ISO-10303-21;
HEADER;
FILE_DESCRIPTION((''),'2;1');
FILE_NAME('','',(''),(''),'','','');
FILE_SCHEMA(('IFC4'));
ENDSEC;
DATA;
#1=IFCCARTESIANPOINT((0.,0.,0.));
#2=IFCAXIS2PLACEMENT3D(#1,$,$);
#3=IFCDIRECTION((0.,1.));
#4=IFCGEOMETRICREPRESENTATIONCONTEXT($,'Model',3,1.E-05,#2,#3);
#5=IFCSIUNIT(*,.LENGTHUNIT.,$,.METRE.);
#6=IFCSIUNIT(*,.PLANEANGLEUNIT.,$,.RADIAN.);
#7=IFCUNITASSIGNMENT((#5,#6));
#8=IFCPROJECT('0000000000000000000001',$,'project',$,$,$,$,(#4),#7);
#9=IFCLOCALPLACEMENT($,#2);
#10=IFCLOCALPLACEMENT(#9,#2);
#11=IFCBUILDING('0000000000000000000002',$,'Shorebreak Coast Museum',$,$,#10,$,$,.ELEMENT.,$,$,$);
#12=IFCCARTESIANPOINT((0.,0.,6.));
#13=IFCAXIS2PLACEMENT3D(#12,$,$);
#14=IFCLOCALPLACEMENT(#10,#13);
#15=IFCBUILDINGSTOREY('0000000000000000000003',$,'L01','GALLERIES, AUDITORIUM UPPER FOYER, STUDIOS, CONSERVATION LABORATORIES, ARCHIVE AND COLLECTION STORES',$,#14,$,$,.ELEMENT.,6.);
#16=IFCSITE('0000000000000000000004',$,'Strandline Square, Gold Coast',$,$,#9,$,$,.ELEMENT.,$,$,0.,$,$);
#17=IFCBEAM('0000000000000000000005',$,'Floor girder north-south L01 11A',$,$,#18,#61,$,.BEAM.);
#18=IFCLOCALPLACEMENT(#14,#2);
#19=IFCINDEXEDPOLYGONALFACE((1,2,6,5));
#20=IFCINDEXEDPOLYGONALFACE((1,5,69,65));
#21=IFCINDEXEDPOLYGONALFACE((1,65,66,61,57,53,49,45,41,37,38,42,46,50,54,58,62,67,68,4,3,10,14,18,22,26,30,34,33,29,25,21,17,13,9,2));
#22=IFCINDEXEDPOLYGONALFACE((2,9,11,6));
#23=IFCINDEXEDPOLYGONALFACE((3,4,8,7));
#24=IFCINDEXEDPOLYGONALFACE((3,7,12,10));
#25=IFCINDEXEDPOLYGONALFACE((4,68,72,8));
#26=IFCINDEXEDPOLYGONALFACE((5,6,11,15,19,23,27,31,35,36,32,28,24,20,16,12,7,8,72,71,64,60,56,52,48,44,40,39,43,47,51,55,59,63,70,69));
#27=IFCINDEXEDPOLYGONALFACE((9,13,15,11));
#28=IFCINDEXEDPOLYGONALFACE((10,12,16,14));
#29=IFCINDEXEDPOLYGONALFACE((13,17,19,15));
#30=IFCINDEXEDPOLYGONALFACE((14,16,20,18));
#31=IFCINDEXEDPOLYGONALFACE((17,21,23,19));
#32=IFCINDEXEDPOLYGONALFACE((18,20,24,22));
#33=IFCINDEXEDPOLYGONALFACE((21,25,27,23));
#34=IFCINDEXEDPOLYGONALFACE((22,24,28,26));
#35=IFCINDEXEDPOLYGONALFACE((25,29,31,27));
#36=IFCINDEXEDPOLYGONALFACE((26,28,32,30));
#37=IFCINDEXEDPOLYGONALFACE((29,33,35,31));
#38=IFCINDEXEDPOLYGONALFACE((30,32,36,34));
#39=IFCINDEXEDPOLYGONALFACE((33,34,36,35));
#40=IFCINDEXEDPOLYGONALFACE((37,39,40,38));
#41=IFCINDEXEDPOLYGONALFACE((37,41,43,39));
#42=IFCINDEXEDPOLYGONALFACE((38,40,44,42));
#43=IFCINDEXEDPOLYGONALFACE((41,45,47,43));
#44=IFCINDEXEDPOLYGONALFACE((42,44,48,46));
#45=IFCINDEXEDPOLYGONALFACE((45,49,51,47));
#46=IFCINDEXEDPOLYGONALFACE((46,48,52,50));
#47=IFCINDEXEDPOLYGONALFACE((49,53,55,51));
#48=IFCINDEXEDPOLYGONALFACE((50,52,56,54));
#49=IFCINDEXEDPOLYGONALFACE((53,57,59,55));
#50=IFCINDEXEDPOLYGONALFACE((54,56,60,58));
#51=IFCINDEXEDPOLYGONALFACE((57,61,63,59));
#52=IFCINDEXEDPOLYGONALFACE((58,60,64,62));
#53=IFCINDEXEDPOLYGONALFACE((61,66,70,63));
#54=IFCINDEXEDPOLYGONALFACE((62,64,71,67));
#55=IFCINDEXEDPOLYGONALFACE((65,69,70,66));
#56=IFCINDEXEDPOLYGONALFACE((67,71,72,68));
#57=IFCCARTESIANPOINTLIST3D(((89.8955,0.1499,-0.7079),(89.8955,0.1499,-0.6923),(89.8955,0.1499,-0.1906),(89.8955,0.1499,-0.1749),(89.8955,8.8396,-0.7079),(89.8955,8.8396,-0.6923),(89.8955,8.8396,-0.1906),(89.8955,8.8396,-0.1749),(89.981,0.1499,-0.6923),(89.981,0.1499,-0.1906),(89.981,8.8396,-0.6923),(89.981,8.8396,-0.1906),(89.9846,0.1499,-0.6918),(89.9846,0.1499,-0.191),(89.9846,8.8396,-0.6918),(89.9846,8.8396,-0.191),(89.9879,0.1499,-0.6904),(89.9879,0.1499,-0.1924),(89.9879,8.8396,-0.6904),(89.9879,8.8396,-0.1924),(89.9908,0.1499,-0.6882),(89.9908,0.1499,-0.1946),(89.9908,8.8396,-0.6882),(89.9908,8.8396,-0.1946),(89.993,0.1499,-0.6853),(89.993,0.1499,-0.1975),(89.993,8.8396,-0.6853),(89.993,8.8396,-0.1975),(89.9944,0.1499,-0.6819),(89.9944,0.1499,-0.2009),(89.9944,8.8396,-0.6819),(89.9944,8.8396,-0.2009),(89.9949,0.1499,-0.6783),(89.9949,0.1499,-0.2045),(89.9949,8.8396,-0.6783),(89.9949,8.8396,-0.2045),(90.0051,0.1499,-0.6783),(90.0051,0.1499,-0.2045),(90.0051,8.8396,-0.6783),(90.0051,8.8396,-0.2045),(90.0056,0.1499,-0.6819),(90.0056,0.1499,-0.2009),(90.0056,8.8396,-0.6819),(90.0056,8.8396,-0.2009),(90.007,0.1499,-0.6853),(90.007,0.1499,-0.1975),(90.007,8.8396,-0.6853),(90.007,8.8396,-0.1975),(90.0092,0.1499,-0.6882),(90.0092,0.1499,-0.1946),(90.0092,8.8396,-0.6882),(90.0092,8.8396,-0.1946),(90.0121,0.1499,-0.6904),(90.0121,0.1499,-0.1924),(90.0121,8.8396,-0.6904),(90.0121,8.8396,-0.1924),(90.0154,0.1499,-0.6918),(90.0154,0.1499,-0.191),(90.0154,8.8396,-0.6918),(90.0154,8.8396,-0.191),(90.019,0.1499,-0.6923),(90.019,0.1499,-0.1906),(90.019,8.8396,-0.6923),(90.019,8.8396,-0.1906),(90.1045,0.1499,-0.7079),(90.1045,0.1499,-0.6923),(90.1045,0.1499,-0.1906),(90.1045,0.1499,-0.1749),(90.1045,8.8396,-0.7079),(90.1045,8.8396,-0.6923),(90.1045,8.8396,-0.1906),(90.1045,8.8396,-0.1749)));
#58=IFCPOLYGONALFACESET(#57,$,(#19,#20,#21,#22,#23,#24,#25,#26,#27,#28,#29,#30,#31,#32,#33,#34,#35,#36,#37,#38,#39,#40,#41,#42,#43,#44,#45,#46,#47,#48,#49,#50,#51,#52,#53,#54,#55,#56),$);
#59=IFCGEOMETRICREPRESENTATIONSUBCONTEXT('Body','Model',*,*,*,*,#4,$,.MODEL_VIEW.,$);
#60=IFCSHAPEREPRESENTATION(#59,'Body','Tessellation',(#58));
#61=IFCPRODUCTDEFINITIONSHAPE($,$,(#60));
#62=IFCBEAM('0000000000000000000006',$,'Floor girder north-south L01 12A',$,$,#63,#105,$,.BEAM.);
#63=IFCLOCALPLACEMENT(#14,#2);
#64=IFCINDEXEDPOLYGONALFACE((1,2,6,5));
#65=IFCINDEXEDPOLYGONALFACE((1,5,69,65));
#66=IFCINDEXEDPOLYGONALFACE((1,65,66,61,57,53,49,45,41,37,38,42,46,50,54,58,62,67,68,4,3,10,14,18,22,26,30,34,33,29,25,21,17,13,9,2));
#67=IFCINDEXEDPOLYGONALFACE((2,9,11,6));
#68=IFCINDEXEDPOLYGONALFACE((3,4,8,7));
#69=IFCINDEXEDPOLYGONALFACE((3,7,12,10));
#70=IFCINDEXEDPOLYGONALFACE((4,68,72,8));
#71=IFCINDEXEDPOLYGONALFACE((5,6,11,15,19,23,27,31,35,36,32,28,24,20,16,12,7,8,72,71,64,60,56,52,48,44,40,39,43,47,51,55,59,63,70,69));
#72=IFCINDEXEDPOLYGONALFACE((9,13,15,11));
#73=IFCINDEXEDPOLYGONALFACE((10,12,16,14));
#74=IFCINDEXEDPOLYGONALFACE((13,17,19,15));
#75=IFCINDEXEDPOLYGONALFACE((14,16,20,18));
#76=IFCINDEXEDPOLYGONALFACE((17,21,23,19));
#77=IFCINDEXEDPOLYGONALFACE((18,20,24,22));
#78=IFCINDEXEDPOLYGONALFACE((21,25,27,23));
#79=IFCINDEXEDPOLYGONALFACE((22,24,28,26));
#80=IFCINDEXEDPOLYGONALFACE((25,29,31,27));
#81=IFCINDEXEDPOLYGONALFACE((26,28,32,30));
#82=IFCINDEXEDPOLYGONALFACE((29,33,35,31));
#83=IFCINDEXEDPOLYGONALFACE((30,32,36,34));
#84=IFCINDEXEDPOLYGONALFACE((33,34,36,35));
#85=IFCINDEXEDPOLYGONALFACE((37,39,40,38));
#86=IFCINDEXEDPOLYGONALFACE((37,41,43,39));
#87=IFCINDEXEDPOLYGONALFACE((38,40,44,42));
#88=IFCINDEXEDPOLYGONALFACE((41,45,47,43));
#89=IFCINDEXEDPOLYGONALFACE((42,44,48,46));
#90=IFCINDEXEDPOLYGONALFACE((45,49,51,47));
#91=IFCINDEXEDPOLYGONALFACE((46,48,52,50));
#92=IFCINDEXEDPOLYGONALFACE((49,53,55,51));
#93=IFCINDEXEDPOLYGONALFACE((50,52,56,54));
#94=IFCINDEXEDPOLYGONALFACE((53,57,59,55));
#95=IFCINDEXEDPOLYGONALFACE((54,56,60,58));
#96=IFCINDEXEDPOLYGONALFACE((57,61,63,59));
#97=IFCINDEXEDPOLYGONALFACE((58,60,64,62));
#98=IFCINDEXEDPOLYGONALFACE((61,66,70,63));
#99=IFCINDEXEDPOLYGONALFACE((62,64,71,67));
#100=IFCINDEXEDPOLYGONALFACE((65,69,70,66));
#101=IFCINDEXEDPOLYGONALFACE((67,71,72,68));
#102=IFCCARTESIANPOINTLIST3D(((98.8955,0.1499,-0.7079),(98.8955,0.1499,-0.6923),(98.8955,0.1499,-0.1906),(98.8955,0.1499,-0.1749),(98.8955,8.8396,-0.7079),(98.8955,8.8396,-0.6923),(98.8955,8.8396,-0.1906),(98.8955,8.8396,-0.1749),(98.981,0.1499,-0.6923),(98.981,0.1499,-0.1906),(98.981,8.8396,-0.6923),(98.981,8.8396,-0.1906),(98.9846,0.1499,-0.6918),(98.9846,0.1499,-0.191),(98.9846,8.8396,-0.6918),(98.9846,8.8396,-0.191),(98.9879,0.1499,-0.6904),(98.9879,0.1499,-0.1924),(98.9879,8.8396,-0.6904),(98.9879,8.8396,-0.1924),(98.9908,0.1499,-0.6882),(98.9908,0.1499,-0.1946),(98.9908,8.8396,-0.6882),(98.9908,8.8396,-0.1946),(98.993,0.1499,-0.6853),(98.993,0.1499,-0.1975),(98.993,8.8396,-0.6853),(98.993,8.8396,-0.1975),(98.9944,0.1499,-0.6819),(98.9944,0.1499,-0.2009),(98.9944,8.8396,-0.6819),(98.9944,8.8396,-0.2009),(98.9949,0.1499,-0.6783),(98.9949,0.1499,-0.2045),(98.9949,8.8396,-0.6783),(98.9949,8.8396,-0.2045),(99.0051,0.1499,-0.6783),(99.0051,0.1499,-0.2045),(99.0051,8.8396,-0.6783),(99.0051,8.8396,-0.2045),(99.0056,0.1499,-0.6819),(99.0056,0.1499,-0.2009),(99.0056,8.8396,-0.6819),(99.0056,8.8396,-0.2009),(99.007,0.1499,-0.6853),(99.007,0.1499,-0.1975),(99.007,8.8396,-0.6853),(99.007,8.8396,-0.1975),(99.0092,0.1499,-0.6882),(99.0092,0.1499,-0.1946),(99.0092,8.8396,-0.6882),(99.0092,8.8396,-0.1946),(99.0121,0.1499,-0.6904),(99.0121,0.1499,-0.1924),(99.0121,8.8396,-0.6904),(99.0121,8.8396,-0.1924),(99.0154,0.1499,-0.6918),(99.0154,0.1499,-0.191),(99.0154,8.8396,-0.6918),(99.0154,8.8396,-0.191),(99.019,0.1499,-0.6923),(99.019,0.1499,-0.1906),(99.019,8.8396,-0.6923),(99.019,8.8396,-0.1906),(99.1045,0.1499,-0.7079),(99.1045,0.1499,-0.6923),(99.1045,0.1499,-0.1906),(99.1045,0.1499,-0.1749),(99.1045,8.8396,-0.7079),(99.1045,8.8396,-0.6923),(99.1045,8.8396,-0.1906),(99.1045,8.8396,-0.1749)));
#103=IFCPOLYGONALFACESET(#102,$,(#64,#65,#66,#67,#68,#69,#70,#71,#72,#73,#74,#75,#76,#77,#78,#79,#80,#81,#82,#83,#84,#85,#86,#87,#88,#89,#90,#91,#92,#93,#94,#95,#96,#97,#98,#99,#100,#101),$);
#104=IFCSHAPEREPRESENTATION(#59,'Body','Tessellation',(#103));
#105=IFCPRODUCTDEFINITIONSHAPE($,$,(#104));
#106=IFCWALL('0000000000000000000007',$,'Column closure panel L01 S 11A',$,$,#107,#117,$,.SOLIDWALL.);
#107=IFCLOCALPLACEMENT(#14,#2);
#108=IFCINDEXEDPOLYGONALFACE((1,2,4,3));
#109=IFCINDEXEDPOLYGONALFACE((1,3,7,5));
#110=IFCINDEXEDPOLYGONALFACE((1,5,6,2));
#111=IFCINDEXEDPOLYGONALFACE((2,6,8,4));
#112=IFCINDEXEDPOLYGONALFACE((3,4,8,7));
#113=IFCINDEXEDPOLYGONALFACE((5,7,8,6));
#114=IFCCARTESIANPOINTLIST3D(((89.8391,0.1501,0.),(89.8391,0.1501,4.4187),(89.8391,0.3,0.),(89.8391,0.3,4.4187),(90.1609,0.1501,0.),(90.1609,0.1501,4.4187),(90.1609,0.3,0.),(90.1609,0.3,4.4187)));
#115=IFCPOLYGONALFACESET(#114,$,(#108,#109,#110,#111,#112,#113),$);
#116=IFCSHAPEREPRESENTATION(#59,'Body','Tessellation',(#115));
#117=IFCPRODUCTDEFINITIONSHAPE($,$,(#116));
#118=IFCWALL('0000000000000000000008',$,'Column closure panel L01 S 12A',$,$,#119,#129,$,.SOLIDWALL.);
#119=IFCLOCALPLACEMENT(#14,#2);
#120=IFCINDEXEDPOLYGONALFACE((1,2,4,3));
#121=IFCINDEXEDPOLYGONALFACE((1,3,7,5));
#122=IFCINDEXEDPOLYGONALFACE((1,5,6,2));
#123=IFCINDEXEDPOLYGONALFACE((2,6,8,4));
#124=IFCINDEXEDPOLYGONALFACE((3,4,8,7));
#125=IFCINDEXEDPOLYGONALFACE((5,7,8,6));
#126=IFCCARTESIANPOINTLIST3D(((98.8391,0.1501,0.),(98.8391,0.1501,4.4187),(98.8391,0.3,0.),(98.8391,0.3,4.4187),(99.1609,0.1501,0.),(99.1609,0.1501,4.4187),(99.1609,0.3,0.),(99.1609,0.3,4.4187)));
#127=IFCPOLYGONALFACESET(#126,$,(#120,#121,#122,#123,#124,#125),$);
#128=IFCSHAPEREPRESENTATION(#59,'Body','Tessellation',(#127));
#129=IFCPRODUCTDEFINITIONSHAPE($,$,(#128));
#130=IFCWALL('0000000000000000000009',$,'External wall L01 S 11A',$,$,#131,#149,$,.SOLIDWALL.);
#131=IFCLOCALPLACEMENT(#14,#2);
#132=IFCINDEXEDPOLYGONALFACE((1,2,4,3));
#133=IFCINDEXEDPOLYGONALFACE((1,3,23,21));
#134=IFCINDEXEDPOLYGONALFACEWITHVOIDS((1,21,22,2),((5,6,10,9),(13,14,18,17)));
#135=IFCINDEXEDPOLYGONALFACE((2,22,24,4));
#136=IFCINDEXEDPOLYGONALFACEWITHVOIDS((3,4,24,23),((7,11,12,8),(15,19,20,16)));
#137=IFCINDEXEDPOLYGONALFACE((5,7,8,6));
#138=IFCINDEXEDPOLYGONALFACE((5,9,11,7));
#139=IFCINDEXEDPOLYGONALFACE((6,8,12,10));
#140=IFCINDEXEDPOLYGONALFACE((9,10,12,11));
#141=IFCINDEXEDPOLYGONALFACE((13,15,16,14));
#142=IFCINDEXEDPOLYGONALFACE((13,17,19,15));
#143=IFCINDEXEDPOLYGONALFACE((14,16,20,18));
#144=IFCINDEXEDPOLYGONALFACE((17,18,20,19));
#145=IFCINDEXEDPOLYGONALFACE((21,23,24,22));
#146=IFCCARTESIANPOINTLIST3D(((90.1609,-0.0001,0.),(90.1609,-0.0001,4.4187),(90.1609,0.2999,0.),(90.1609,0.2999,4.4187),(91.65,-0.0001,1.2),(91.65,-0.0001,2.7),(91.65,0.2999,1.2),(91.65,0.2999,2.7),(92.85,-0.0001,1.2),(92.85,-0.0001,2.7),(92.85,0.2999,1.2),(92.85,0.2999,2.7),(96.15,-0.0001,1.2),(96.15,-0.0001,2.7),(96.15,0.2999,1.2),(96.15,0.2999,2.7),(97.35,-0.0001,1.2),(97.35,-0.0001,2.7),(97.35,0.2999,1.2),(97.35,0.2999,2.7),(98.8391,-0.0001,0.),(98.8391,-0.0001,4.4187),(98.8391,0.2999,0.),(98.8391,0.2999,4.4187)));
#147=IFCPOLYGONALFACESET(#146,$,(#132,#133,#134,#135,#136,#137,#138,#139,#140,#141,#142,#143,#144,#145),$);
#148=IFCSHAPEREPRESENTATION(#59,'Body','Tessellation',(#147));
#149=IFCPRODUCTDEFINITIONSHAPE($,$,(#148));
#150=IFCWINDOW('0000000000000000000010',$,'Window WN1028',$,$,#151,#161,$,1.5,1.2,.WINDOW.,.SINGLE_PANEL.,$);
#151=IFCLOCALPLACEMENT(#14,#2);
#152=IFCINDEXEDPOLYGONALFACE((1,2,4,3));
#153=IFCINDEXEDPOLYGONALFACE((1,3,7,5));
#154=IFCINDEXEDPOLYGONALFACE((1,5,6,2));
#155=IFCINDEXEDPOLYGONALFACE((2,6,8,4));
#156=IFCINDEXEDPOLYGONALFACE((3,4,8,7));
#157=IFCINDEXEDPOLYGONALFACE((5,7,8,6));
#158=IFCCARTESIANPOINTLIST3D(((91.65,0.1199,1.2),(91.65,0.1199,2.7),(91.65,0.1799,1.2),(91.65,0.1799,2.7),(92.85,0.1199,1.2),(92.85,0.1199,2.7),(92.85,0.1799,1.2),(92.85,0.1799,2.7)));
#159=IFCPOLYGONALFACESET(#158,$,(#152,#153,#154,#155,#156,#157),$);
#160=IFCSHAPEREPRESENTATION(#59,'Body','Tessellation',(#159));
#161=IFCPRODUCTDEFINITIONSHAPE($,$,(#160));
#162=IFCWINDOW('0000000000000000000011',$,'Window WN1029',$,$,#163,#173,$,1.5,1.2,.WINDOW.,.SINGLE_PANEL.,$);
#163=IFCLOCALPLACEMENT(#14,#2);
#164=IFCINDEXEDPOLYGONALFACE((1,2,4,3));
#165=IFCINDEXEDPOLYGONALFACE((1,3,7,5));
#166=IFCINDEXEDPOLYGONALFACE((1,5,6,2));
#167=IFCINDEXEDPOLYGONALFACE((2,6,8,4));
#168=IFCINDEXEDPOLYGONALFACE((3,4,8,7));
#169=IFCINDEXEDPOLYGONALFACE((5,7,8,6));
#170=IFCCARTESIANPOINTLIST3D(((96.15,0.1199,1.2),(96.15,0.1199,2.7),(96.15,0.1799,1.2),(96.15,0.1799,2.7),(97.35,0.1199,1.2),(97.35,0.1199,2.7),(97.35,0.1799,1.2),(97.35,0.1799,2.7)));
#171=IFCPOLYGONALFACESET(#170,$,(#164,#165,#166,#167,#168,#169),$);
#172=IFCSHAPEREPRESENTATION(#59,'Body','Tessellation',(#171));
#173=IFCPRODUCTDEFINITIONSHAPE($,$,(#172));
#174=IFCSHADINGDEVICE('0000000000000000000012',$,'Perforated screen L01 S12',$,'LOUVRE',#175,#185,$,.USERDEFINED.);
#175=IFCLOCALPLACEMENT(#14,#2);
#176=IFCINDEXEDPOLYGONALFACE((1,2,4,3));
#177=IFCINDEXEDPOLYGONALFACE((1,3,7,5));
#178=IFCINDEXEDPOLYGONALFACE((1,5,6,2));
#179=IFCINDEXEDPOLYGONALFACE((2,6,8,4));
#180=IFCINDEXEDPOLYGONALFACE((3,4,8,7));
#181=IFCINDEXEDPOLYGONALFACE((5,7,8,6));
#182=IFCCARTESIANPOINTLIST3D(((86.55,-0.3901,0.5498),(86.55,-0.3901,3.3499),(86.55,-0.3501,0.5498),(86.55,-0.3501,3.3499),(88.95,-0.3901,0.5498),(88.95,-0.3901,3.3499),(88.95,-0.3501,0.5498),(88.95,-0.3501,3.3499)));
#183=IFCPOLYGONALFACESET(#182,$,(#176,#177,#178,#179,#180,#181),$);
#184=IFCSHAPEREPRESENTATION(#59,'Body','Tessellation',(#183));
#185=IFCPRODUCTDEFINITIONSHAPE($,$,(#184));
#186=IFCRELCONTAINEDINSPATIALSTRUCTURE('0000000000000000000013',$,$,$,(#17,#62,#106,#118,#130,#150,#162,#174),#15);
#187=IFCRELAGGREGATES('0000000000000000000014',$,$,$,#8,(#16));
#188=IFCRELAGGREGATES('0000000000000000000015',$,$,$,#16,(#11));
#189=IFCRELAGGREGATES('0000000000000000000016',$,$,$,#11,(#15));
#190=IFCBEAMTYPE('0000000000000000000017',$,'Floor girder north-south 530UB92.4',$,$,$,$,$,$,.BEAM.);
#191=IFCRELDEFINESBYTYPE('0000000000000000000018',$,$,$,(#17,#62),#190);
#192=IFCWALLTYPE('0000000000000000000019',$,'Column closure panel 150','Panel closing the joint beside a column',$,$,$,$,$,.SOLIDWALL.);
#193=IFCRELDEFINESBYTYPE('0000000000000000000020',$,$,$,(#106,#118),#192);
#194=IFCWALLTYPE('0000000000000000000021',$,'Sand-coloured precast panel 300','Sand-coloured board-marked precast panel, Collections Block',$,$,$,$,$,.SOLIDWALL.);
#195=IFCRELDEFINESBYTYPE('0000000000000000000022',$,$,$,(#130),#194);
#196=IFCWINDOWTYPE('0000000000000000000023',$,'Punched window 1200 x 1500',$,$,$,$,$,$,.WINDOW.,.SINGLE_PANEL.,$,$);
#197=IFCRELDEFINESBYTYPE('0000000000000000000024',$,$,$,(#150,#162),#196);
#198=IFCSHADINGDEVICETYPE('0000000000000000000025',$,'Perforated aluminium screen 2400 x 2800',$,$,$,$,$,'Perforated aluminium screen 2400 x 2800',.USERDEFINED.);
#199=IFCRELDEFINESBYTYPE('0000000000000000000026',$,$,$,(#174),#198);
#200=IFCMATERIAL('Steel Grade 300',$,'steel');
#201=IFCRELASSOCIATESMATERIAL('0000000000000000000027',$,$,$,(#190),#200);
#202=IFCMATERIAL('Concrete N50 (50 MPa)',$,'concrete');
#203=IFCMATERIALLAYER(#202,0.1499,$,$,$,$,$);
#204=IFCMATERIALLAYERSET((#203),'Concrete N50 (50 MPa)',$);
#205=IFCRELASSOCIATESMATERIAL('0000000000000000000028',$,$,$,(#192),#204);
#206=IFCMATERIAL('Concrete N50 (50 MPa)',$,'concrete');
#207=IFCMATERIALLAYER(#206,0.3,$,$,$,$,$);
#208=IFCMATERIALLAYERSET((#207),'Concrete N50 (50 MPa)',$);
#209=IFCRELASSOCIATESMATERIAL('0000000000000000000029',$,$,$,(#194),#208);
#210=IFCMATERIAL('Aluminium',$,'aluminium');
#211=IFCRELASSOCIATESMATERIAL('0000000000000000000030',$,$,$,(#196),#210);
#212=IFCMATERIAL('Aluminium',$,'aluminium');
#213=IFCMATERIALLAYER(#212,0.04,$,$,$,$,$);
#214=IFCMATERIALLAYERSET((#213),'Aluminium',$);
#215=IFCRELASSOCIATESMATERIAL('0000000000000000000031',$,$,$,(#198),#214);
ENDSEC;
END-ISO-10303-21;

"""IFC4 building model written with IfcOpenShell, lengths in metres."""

from ifc_helpers import new_model, si_unit, direction, frame, frame_2d, origin, origin_2d, place, context, subcontext, project, spatial, rectangle, i_section, extrude, material, layer, layer_set, material_profile, profile_set, type_object, element, fill, save


model = new_model("IFC4")

# Units and contexts
model_context = context("Model", 3, precision=1e-05, world=origin(), true_north=direction((0.0, 1.0)))
body_context = subcontext(model_context, "Body", "Model", "MODEL_VIEW")
ifc_project = project(units=[si_unit("LENGTHUNIT", "METRE"), si_unit("PLANEANGLEUNIT", "RADIAN")], contexts=[model_context])

# Site, building, storey
site_placement = place(None, origin())
site = spatial("IfcSite", under=ifc_project, at=site_placement, Name="Strandline Square, Gold Coast", CompositionType="ELEMENT", RefElevation=0.0)
building_placement = place(site_placement, origin())
building = spatial("IfcBuilding", under=site, at=building_placement, Name="Shorebreak Coast Museum", CompositionType="ELEMENT")
storey_placement = place(building_placement, frame((0.0, 0.0, 6.0)))
storey = spatial("IfcBuildingStorey", under=building, at=storey_placement, Name="L01", Description="GALLERIES, AUDITORIUM UPPER FOYER, STUDIOS, CONSERVATION LABORATORIES, ARCHIVE AND COLLECTION STORES", CompositionType="ELEMENT", Elevation=6.0)

# Beams
ifc_material_1 = material(Name="Steel Grade 300", Category="steel")
ifc_material_profile_1 = material_profile(ifc_material_1, i_section(OverallWidth=0.209, OverallDepth=0.533, WebThickness=0.0103, FlangeThickness=0.0156, FilletRadius=0.0139, at=origin_2d()), Name="530UB92.4")
ifc_profile_set_1 = profile_set([ifc_material_profile_1], Name="Steel Grade 300")
beam_type_1 = type_object("IfcBeamType", Name="Floor girder north-south 530UB92.4", PredefinedType="BEAM", material=ifc_profile_set_1)
for number, where, z_axis, x_axis, name in (
    (1, (90.0, 0.1499, -0.4414), (0.0, 1.0, 0.0), (-1.0, 0.0, 0.0), "Floor girder north-south L01 11A"),
    (2, (99.0, 0.1499, -0.4414), (0.0, 1.0, 0.0), (-1.0, 0.0, 0.0), "Floor girder north-south L01 12A"),
):
    element("IfcBeam", number, at=place(storey_placement, frame(where, z_axis=z_axis, x_axis=x_axis)), inside=storey, type_object=beam_type_1, Name=name, PredefinedType="BEAM", context=body_context, shape_type="SweptSolid", body=[
        extrude(i_section(OverallWidth=0.209, OverallDepth=0.533, WebThickness=0.0103, FlangeThickness=0.0156, FilletRadius=0.0139, at=origin_2d()), origin(), (0.0, 0.0, 1.0), 8.6897),
    ])

# Walls
ifc_material_2 = material(Name="Concrete N50 (50 MPa)", Category="concrete")
ifc_layer_1 = layer(ifc_material_2, 0.1499)
ifc_layer_set_1 = layer_set([ifc_layer_1], Name="Concrete N50 (50 MPa)")
wall_type_1 = type_object("IfcWallType", Name="Column closure panel 150", Description="Panel closing the joint beside a column", PredefinedType="SOLIDWALL", material=ifc_layer_set_1)
for number, where, z_axis, x_axis, name in (
    (3, (89.8391, 0.2251, 0.0), (0.0, 0.0, 1.0), (1.0, 0.0, 0.0), "Column closure panel L01 S 11A"),
    (4, (98.8391, 0.2251, 0.0), (0.0, 0.0, 1.0), (1.0, 0.0, 0.0), "Column closure panel L01 S 12A"),
):
    element("IfcWall", number, at=place(storey_placement, frame(where, z_axis=z_axis, x_axis=x_axis)), inside=storey, type_object=wall_type_1, Name=name, PredefinedType="SOLIDWALL", context=body_context, shape_type="SweptSolid", body=[
        extrude(rectangle(XDim=0.3218, YDim=0.1499, at=frame_2d((0.1609, 0.0))), origin(), (0.0, 0.0, 1.0), 4.4187),
    ])

# Wall, openings, windows
ifc_material_3 = material(Name="Concrete N50 (50 MPa)", Category="concrete")
ifc_layer_2 = layer(ifc_material_3, 0.3)
ifc_layer_set_2 = layer_set([ifc_layer_2], Name="Concrete N50 (50 MPa)")
wall_type_2 = type_object("IfcWallType", Name="Sand-coloured precast panel 300", Description="Sand-coloured board-marked precast panel, Collections Block", PredefinedType="SOLIDWALL", material=ifc_layer_set_2)
wall_placement = place(storey_placement, frame((90.1609, 0.1499, 0.0), z_axis=(0.0, 0.0, 1.0), x_axis=(1.0, 0.0, 0.0)))
wall = element("IfcWall", 5, at=wall_placement, inside=storey, type_object=wall_type_2, Name="External wall L01 S 11A", PredefinedType="SOLIDWALL", context=body_context, shape_type="SweptSolid", body=[
    extrude(rectangle(XDim=8.6782, YDim=0.3, at=frame_2d((4.3391, 0.0))), origin(), (0.0, 0.0, 1.0), 4.4187),
])
opening_1_placement = place(wall_placement, frame((1.489, 0.0, 1.2)))
opening_1 = element("IfcOpeningElement", 6, at=opening_1_placement, cuts=wall, PredefinedType="OPENING", context=body_context, shape_type="SweptSolid", body=[
    extrude(rectangle(XDim=1.2, YDim=1.5, at=frame_2d((0.6001, 0.75))), frame((0.0, 0.1599, 0.0), z_axis=(0.0, -1.0, 0.0), x_axis=(1.0, 0.0, 0.0)), (0.0, 0.0, 1.0), 0.3201),
])
opening_2_placement = place(wall_placement, frame((5.989, 0.0, 1.2)))
opening_2 = element("IfcOpeningElement", 7, at=opening_2_placement, cuts=wall, PredefinedType="OPENING", context=body_context, shape_type="SweptSolid", body=[
    extrude(rectangle(XDim=1.2, YDim=1.5, at=frame_2d((0.6001, 0.75))), frame((0.0, 0.1599, 0.0), z_axis=(0.0, -1.0, 0.0), x_axis=(1.0, 0.0, 0.0)), (0.0, 0.0, 1.0), 0.3201),
])
ifc_material_4 = material(Name="Aluminium", Category="aluminium")
window_type = type_object("IfcWindowType", Name="Punched window 1200 x 1500", PartitioningType="SINGLE_PANEL", PredefinedType="WINDOW", material=ifc_material_4)
window_1_placement = place(opening_1_placement, origin())
window_1 = element("IfcWindow", 8, at=window_1_placement, inside=storey, type_object=window_type, Name="Window WN1028", OverallHeight=1.5, OverallWidth=1.2, PartitioningType="SINGLE_PANEL", PredefinedType="WINDOW", context=body_context, shape_type="SweptSolid", body=[
    extrude(rectangle(XDim=1.2, YDim=1.5, at=frame_2d((0.6001, 0.75))), frame((0.0, 0.03, 0.0), z_axis=(0.0, -1.0, 0.0), x_axis=(1.0, 0.0, 0.0)), (0.0, 0.0, 1.0), 0.0601),
])
fill(opening_1, window_1)
window_2_placement = place(opening_2_placement, origin())
window_2 = element("IfcWindow", 9, at=window_2_placement, inside=storey, type_object=window_type, Name="Window WN1029", OverallHeight=1.5, OverallWidth=1.2, PartitioningType="SINGLE_PANEL", PredefinedType="WINDOW", context=body_context, shape_type="SweptSolid", body=[
    extrude(rectangle(XDim=1.2, YDim=1.5, at=frame_2d((0.6001, 0.75))), frame((0.0, 0.03, 0.0), z_axis=(0.0, -1.0, 0.0), x_axis=(1.0, 0.0, 0.0)), (0.0, 0.0, 1.0), 0.0601),
])
fill(opening_2, window_2)

# Shading device
ifc_material_5 = material(Name="Aluminium", Category="aluminium")
ifc_layer_3 = layer(ifc_material_5, 0.04)
ifc_layer_set_3 = layer_set([ifc_layer_3], Name="Aluminium")
shading_device_type = type_object("IfcShadingDeviceType", Name="Perforated aluminium screen 2400 x 2800", ElementType="Perforated aluminium screen 2400 x 2800", PredefinedType="USERDEFINED", material=ifc_layer_set_3)
for number, where, z_axis, x_axis, name in (
    (10, (87.75, -0.3701, 0.5498), (0.0, 0.0, 1.0), (1.0, 0.0, 0.0), "Perforated screen L01 S12"),
):
    element("IfcShadingDevice", number, at=place(storey_placement, frame(where, z_axis=z_axis, x_axis=x_axis)), inside=storey, type_object=shading_device_type, Name=name, ObjectType="LOUVRE", PredefinedType="USERDEFINED", context=body_context, shape_type="SweptSolid", body=[
        extrude(rectangle(XDim=2.3999, YDim=0.04, at=origin_2d()), origin(), (0.0, 0.0, 1.0), 2.8),
    ])

save(model, "model.ifc")
